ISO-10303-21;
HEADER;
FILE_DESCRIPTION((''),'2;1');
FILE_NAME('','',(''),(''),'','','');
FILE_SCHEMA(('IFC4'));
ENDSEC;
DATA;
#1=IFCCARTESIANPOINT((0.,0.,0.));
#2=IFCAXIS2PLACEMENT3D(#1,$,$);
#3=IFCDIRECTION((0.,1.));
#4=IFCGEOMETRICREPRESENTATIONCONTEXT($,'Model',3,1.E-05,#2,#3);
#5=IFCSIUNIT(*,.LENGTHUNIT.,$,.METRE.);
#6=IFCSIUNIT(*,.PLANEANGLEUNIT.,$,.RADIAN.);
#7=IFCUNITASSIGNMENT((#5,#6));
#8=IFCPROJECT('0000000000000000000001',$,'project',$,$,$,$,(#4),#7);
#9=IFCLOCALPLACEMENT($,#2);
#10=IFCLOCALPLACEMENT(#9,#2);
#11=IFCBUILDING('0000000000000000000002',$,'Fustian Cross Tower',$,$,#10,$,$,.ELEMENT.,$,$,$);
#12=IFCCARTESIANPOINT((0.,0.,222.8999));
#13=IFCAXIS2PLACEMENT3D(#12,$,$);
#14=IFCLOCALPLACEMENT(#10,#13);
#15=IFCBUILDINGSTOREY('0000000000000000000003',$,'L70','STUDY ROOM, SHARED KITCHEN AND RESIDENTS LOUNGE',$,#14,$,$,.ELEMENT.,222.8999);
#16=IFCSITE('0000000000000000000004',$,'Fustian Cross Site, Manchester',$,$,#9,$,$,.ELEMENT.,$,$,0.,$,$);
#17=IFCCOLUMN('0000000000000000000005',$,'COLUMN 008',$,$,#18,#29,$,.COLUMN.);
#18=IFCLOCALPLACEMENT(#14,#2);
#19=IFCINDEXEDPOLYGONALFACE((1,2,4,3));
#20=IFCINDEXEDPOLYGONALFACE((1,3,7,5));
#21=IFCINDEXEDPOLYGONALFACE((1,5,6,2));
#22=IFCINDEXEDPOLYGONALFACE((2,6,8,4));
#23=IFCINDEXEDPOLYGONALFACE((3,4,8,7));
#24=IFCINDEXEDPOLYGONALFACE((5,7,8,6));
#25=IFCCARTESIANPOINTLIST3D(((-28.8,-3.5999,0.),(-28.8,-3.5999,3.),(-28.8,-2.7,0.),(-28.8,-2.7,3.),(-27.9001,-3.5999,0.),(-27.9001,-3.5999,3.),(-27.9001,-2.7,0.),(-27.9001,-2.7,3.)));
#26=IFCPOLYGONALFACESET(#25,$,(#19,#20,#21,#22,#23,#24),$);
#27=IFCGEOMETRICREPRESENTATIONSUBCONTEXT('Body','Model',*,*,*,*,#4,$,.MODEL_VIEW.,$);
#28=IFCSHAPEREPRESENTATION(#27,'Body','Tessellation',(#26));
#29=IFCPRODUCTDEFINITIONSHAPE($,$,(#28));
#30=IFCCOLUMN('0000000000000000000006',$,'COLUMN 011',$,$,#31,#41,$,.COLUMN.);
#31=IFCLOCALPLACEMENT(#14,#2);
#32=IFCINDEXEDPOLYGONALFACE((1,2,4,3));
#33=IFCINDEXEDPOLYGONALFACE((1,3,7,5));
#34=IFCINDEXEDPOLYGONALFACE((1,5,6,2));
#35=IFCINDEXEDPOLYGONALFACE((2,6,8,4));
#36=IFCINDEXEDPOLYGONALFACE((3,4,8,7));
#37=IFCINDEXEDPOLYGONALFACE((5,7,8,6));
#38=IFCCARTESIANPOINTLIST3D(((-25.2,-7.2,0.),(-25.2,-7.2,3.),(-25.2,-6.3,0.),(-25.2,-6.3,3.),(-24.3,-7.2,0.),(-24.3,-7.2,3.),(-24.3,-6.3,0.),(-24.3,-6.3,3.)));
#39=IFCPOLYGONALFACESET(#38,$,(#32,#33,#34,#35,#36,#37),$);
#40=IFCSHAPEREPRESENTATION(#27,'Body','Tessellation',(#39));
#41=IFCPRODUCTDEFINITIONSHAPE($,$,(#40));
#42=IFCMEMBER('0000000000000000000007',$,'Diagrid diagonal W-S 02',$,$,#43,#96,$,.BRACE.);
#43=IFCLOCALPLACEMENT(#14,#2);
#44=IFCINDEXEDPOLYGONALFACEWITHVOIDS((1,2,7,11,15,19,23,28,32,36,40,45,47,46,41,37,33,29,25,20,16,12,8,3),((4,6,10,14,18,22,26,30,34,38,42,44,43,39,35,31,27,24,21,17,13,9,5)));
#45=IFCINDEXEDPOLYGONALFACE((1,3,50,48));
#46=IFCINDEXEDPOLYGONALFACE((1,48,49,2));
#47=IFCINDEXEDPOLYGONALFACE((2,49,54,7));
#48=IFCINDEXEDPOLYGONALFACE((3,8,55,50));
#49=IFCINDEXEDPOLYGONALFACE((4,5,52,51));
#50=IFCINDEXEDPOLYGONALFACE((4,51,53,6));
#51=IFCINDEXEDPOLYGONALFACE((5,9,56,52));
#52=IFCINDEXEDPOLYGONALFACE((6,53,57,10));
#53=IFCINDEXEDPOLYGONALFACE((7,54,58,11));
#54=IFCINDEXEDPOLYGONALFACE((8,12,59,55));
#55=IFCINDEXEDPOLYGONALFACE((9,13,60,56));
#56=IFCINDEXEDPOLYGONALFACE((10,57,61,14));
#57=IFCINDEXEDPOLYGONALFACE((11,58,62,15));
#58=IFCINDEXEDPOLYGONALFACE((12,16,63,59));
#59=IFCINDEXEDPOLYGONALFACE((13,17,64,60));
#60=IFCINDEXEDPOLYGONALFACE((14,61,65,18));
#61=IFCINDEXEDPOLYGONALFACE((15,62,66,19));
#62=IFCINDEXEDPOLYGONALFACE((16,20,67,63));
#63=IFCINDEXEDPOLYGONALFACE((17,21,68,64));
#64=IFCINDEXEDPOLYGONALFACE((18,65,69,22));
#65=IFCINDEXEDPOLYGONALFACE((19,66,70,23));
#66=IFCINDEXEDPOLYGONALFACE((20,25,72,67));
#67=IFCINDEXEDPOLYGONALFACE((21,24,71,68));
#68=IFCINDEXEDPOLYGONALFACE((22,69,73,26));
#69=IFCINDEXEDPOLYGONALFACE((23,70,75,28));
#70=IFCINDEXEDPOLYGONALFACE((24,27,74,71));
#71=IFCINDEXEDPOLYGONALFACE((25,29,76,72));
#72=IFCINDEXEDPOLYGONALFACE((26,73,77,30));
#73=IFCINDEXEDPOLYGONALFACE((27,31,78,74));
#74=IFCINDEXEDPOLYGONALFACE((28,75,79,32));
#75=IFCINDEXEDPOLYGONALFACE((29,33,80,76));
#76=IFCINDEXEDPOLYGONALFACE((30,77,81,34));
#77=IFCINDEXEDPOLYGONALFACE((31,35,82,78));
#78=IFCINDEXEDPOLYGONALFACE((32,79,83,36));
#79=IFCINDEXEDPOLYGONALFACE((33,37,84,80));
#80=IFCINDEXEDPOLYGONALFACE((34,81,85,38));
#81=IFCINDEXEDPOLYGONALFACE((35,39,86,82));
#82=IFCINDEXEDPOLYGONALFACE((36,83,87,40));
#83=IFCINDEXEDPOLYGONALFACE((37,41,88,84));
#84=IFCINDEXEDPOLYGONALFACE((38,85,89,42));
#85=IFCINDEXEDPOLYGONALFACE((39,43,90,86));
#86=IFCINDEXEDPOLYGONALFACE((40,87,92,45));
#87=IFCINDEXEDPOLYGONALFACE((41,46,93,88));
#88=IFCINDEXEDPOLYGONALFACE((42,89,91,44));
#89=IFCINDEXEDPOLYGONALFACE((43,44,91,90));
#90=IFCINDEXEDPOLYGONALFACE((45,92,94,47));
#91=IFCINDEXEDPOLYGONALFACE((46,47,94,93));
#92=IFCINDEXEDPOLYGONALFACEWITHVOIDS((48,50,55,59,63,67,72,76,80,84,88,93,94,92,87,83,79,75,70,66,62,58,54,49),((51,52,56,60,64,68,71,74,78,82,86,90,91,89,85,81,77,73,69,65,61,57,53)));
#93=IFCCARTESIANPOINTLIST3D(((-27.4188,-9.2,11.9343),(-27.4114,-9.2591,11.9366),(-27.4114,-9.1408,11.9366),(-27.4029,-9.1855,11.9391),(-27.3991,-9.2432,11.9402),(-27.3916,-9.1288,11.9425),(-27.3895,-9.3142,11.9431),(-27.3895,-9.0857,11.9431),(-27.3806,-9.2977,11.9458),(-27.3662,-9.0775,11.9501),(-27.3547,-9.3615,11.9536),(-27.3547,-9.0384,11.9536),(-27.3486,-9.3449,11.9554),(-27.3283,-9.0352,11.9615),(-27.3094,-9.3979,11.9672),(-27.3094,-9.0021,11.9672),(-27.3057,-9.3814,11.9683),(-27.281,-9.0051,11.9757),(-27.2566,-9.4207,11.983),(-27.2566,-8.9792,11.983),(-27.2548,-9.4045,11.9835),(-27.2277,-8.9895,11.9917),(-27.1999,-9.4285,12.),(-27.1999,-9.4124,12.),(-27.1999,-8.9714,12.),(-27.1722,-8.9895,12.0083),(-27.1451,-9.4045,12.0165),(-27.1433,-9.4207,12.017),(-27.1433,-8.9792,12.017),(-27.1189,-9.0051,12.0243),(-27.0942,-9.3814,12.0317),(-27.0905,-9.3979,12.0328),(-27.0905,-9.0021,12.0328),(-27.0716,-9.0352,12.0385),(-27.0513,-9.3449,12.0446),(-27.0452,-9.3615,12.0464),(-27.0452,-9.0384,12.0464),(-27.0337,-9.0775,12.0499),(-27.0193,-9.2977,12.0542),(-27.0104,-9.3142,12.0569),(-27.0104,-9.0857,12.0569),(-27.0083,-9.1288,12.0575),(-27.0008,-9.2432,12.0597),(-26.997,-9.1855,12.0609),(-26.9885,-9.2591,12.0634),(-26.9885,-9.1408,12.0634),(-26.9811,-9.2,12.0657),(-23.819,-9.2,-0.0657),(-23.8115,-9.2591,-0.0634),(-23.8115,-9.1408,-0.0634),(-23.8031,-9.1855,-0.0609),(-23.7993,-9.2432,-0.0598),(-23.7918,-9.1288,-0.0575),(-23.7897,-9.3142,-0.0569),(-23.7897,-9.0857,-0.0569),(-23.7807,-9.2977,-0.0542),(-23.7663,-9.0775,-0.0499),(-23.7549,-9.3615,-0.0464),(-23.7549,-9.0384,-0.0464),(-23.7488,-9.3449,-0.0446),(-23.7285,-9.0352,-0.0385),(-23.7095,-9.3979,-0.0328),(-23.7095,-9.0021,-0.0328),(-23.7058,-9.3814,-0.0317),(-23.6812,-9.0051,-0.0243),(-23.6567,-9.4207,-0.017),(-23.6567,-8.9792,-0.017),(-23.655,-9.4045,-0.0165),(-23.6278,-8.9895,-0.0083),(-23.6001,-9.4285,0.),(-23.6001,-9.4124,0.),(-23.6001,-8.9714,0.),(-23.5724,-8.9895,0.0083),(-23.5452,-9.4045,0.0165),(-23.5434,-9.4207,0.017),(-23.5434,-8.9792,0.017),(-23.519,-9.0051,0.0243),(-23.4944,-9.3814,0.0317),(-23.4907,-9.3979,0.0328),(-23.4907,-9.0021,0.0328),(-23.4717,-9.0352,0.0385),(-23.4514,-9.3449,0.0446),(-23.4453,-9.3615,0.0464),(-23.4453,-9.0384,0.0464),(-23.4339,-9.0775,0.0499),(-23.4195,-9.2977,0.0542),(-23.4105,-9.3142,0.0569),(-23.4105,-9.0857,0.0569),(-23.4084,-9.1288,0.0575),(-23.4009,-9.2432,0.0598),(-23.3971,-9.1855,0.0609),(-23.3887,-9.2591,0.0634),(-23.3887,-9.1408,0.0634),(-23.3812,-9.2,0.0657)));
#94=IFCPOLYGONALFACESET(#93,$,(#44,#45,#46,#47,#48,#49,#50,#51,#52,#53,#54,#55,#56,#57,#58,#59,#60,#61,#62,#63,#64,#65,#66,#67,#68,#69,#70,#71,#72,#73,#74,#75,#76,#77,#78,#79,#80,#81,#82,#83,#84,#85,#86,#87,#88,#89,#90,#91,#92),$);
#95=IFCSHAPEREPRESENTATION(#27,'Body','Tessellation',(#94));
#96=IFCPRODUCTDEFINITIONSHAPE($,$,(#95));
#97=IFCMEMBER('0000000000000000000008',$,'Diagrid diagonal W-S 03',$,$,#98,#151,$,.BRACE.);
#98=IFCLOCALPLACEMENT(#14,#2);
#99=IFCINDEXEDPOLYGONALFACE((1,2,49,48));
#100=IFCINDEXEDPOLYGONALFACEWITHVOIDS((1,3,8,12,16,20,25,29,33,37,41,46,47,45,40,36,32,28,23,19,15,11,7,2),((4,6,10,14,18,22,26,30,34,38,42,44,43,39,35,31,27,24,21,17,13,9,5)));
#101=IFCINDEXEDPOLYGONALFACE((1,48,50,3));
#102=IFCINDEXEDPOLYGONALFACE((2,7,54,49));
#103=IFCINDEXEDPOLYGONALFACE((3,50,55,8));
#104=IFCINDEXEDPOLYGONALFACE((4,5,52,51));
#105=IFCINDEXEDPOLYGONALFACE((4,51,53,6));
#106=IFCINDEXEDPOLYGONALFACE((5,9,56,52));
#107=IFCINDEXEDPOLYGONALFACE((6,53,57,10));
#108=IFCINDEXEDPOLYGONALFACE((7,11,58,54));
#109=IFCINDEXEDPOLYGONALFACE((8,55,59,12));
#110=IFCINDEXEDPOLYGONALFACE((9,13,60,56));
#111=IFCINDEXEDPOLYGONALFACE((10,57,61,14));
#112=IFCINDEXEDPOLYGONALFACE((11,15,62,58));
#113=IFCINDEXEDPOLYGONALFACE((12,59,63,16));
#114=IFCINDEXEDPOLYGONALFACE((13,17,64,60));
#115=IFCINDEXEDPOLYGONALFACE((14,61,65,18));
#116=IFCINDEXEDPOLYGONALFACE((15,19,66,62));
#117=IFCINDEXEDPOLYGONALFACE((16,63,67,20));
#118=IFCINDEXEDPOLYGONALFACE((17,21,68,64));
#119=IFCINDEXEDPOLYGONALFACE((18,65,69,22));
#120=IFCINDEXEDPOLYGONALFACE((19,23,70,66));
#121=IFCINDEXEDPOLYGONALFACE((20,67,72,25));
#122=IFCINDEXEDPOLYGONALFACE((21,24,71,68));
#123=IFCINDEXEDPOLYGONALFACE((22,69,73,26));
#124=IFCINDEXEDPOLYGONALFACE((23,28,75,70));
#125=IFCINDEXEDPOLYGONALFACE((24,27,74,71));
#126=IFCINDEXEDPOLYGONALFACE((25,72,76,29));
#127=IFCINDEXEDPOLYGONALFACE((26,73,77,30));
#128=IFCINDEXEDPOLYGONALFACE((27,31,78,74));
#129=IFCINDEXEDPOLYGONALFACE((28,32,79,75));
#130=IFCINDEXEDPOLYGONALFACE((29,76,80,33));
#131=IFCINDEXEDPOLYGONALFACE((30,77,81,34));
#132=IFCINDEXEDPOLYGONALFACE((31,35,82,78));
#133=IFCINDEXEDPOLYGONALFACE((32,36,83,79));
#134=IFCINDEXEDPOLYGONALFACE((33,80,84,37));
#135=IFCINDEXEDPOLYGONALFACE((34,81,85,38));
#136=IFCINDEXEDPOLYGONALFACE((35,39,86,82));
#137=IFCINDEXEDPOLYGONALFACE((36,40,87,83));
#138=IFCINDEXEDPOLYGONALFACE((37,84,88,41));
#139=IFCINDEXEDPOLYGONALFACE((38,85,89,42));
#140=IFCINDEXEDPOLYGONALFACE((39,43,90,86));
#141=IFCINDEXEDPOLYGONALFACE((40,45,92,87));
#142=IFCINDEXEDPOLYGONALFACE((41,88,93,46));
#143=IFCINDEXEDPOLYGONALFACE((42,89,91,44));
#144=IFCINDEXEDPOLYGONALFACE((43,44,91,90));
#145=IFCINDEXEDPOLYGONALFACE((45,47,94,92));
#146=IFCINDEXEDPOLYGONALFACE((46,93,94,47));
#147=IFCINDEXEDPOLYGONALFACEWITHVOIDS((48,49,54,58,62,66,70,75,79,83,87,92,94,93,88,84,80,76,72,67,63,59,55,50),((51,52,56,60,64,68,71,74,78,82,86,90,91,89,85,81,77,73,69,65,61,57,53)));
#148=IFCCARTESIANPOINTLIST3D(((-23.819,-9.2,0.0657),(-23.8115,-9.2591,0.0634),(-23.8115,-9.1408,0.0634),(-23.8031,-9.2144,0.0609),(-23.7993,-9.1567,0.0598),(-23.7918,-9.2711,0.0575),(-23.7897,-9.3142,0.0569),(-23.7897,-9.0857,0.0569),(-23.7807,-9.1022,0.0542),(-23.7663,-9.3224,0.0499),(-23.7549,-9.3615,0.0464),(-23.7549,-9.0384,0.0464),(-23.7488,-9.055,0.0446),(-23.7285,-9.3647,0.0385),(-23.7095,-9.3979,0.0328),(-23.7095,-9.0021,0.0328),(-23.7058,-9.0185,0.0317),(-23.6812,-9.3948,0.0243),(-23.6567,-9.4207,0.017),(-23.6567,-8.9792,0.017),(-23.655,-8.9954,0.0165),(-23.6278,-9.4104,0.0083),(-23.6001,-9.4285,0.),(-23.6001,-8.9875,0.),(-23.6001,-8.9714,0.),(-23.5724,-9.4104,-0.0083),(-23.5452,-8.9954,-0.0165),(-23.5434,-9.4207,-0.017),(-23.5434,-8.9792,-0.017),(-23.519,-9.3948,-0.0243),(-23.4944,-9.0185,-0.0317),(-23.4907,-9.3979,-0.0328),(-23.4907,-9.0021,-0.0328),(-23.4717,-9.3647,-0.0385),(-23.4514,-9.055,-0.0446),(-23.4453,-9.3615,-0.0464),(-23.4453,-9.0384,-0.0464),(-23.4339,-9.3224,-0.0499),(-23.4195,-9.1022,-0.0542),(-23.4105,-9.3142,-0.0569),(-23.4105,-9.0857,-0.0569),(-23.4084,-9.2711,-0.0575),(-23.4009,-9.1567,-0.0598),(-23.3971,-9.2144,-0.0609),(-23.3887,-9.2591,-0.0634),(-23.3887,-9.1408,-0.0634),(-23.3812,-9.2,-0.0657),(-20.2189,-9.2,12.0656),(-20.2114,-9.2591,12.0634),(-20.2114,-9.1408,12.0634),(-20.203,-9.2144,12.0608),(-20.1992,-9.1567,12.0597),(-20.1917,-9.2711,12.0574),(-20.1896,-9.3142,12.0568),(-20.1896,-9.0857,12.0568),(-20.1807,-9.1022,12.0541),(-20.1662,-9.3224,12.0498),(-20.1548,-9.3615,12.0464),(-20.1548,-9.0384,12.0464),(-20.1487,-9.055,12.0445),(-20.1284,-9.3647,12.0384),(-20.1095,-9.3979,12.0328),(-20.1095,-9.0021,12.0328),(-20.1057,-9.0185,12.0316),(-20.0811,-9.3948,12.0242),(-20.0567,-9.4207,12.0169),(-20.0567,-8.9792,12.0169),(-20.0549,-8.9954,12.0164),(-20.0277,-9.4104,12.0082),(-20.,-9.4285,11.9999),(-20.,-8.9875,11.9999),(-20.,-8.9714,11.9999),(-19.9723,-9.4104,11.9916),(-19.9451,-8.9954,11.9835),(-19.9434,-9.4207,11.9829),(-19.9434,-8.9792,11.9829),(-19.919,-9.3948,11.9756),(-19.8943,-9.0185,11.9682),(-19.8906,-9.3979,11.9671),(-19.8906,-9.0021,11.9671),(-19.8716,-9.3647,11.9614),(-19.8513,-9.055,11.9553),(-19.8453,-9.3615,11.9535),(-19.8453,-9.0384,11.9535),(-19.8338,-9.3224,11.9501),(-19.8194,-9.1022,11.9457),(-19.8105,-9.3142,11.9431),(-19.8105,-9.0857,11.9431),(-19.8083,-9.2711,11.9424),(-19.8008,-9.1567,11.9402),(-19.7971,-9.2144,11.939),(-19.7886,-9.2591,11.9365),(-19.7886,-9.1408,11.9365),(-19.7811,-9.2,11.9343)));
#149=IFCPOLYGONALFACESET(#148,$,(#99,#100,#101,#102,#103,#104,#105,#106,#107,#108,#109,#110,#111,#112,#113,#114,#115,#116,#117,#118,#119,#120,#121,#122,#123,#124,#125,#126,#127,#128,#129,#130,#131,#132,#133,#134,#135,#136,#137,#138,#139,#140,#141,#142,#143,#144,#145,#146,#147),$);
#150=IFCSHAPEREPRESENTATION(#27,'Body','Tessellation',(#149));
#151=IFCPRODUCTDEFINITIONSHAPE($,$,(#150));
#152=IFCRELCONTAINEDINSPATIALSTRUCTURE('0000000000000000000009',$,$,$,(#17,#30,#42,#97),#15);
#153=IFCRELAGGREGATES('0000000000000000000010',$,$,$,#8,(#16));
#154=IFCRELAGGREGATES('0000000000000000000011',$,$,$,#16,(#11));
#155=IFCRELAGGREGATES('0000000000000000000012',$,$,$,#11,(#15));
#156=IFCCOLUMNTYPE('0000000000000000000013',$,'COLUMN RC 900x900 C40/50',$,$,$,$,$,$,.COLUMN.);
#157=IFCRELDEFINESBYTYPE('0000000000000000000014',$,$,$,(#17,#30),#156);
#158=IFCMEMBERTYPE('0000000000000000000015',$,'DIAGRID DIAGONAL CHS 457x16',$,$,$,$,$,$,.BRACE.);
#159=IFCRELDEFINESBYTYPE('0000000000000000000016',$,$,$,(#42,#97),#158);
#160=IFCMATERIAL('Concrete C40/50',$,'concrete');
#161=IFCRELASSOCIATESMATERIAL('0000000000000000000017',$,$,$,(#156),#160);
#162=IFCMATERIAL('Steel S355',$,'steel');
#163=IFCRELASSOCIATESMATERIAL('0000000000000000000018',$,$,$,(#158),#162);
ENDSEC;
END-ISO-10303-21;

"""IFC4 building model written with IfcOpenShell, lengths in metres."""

from ifc_helpers import new_model, si_unit, direction, frame, origin, origin_2d, place, context, subcontext, project, spatial, rectangle, hollow_circle, extrude, material, material_profile, profile_set, type_object, element, save


model = new_model("IFC4")

# Units and contexts
model_context = context("Model", 3, precision=1e-05, world=origin(), true_north=direction((0.0, 1.0)))
body_context = subcontext(model_context, "Body", "Model", "MODEL_VIEW")
ifc_project = project(units=[si_unit("LENGTHUNIT", "METRE"), si_unit("PLANEANGLEUNIT", "RADIAN")], contexts=[model_context])

# Site, building, storey
site_placement = place(None, origin())
site = spatial("IfcSite", under=ifc_project, at=site_placement, Name="Fustian Cross Site, Manchester", CompositionType="ELEMENT", RefElevation=0.0)
building_placement = place(site_placement, origin())
building = spatial("IfcBuilding", under=site, at=building_placement, Name="Fustian Cross Tower", CompositionType="ELEMENT")
storey_placement = place(building_placement, frame((0.0, 0.0, 222.8999)))
storey = spatial("IfcBuildingStorey", under=building, at=storey_placement, Name="L70", Description="STUDY ROOM, SHARED KITCHEN AND RESIDENTS LOUNGE", CompositionType="ELEMENT", Elevation=222.8999)

# Columns
ifc_material_1 = material(Name="Concrete C40/50", Category="concrete")
ifc_material_profile_1 = material_profile(ifc_material_1, rectangle(XDim=0.8999, YDim=0.8999, at=origin_2d()), Name="RC 900x900")
ifc_profile_set_1 = profile_set([ifc_material_profile_1], Name="Concrete C40/50")
column_type = type_object("IfcColumnType", Name="COLUMN RC 900x900 C40/50", PredefinedType="COLUMN", material=ifc_profile_set_1)
for number, where, z_axis, x_axis, name in (
    (1, (-28.3501, -3.1499, 0.0), (0.0, 0.0, 1.0), (1.0, 0.0, 0.0), "COLUMN 008"),
    (2, (-24.75, -6.75, 0.0), (0.0, 0.0, 1.0), (1.0, 0.0, 0.0), "COLUMN 011"),
):
    element("IfcColumn", number, at=place(storey_placement, frame(where, z_axis=z_axis, x_axis=x_axis)), inside=storey, type_object=column_type, Name=name, PredefinedType="COLUMN", context=body_context, shape_type="SweptSolid", body=[
        extrude(rectangle(XDim=0.8999, YDim=0.8999, at=origin_2d()), origin(), (0.0, 0.0, 1.0), 3.0),
    ])

# Members
ifc_material_2 = material(Name="Steel S355", Category="steel")
ifc_material_profile_2 = material_profile(ifc_material_2, hollow_circle(Radius=0.2285, WallThickness=0.0161, at=origin_2d()), Name="CHS 457x16")
ifc_profile_set_2 = profile_set([ifc_material_profile_2], Name="Steel S355")
member_type_1 = type_object("IfcMemberType", Name="DIAGRID DIAGONAL CHS 457x16", PredefinedType="BRACE", material=ifc_profile_set_2)
for number, where, z_axis, x_axis, name in (
    (3, (-23.6001, -9.2, 0.0), (-0.287337, 0.0, 0.95783), (0.0, -1.0, 0.0), "Diagrid diagonal W-S 02"),
    (4, (-23.6001, -9.2, 0.0), (0.287355, 0.0, 0.957824), (0.0, 1.0, 0.0), "Diagrid diagonal W-S 03"),
):
    element("IfcMember", number, at=place(storey_placement, frame(where, z_axis=z_axis, x_axis=x_axis)), inside=storey, type_object=member_type_1, Name=name, PredefinedType="BRACE", context=body_context, shape_type="SweptSolid", body=[
        extrude(hollow_circle(Radius=0.2285, WallThickness=0.0161, at=origin_2d()), origin(), (0.0, 0.0, 1.0), 12.5283),
    ])

save(model, "model.ifc")
